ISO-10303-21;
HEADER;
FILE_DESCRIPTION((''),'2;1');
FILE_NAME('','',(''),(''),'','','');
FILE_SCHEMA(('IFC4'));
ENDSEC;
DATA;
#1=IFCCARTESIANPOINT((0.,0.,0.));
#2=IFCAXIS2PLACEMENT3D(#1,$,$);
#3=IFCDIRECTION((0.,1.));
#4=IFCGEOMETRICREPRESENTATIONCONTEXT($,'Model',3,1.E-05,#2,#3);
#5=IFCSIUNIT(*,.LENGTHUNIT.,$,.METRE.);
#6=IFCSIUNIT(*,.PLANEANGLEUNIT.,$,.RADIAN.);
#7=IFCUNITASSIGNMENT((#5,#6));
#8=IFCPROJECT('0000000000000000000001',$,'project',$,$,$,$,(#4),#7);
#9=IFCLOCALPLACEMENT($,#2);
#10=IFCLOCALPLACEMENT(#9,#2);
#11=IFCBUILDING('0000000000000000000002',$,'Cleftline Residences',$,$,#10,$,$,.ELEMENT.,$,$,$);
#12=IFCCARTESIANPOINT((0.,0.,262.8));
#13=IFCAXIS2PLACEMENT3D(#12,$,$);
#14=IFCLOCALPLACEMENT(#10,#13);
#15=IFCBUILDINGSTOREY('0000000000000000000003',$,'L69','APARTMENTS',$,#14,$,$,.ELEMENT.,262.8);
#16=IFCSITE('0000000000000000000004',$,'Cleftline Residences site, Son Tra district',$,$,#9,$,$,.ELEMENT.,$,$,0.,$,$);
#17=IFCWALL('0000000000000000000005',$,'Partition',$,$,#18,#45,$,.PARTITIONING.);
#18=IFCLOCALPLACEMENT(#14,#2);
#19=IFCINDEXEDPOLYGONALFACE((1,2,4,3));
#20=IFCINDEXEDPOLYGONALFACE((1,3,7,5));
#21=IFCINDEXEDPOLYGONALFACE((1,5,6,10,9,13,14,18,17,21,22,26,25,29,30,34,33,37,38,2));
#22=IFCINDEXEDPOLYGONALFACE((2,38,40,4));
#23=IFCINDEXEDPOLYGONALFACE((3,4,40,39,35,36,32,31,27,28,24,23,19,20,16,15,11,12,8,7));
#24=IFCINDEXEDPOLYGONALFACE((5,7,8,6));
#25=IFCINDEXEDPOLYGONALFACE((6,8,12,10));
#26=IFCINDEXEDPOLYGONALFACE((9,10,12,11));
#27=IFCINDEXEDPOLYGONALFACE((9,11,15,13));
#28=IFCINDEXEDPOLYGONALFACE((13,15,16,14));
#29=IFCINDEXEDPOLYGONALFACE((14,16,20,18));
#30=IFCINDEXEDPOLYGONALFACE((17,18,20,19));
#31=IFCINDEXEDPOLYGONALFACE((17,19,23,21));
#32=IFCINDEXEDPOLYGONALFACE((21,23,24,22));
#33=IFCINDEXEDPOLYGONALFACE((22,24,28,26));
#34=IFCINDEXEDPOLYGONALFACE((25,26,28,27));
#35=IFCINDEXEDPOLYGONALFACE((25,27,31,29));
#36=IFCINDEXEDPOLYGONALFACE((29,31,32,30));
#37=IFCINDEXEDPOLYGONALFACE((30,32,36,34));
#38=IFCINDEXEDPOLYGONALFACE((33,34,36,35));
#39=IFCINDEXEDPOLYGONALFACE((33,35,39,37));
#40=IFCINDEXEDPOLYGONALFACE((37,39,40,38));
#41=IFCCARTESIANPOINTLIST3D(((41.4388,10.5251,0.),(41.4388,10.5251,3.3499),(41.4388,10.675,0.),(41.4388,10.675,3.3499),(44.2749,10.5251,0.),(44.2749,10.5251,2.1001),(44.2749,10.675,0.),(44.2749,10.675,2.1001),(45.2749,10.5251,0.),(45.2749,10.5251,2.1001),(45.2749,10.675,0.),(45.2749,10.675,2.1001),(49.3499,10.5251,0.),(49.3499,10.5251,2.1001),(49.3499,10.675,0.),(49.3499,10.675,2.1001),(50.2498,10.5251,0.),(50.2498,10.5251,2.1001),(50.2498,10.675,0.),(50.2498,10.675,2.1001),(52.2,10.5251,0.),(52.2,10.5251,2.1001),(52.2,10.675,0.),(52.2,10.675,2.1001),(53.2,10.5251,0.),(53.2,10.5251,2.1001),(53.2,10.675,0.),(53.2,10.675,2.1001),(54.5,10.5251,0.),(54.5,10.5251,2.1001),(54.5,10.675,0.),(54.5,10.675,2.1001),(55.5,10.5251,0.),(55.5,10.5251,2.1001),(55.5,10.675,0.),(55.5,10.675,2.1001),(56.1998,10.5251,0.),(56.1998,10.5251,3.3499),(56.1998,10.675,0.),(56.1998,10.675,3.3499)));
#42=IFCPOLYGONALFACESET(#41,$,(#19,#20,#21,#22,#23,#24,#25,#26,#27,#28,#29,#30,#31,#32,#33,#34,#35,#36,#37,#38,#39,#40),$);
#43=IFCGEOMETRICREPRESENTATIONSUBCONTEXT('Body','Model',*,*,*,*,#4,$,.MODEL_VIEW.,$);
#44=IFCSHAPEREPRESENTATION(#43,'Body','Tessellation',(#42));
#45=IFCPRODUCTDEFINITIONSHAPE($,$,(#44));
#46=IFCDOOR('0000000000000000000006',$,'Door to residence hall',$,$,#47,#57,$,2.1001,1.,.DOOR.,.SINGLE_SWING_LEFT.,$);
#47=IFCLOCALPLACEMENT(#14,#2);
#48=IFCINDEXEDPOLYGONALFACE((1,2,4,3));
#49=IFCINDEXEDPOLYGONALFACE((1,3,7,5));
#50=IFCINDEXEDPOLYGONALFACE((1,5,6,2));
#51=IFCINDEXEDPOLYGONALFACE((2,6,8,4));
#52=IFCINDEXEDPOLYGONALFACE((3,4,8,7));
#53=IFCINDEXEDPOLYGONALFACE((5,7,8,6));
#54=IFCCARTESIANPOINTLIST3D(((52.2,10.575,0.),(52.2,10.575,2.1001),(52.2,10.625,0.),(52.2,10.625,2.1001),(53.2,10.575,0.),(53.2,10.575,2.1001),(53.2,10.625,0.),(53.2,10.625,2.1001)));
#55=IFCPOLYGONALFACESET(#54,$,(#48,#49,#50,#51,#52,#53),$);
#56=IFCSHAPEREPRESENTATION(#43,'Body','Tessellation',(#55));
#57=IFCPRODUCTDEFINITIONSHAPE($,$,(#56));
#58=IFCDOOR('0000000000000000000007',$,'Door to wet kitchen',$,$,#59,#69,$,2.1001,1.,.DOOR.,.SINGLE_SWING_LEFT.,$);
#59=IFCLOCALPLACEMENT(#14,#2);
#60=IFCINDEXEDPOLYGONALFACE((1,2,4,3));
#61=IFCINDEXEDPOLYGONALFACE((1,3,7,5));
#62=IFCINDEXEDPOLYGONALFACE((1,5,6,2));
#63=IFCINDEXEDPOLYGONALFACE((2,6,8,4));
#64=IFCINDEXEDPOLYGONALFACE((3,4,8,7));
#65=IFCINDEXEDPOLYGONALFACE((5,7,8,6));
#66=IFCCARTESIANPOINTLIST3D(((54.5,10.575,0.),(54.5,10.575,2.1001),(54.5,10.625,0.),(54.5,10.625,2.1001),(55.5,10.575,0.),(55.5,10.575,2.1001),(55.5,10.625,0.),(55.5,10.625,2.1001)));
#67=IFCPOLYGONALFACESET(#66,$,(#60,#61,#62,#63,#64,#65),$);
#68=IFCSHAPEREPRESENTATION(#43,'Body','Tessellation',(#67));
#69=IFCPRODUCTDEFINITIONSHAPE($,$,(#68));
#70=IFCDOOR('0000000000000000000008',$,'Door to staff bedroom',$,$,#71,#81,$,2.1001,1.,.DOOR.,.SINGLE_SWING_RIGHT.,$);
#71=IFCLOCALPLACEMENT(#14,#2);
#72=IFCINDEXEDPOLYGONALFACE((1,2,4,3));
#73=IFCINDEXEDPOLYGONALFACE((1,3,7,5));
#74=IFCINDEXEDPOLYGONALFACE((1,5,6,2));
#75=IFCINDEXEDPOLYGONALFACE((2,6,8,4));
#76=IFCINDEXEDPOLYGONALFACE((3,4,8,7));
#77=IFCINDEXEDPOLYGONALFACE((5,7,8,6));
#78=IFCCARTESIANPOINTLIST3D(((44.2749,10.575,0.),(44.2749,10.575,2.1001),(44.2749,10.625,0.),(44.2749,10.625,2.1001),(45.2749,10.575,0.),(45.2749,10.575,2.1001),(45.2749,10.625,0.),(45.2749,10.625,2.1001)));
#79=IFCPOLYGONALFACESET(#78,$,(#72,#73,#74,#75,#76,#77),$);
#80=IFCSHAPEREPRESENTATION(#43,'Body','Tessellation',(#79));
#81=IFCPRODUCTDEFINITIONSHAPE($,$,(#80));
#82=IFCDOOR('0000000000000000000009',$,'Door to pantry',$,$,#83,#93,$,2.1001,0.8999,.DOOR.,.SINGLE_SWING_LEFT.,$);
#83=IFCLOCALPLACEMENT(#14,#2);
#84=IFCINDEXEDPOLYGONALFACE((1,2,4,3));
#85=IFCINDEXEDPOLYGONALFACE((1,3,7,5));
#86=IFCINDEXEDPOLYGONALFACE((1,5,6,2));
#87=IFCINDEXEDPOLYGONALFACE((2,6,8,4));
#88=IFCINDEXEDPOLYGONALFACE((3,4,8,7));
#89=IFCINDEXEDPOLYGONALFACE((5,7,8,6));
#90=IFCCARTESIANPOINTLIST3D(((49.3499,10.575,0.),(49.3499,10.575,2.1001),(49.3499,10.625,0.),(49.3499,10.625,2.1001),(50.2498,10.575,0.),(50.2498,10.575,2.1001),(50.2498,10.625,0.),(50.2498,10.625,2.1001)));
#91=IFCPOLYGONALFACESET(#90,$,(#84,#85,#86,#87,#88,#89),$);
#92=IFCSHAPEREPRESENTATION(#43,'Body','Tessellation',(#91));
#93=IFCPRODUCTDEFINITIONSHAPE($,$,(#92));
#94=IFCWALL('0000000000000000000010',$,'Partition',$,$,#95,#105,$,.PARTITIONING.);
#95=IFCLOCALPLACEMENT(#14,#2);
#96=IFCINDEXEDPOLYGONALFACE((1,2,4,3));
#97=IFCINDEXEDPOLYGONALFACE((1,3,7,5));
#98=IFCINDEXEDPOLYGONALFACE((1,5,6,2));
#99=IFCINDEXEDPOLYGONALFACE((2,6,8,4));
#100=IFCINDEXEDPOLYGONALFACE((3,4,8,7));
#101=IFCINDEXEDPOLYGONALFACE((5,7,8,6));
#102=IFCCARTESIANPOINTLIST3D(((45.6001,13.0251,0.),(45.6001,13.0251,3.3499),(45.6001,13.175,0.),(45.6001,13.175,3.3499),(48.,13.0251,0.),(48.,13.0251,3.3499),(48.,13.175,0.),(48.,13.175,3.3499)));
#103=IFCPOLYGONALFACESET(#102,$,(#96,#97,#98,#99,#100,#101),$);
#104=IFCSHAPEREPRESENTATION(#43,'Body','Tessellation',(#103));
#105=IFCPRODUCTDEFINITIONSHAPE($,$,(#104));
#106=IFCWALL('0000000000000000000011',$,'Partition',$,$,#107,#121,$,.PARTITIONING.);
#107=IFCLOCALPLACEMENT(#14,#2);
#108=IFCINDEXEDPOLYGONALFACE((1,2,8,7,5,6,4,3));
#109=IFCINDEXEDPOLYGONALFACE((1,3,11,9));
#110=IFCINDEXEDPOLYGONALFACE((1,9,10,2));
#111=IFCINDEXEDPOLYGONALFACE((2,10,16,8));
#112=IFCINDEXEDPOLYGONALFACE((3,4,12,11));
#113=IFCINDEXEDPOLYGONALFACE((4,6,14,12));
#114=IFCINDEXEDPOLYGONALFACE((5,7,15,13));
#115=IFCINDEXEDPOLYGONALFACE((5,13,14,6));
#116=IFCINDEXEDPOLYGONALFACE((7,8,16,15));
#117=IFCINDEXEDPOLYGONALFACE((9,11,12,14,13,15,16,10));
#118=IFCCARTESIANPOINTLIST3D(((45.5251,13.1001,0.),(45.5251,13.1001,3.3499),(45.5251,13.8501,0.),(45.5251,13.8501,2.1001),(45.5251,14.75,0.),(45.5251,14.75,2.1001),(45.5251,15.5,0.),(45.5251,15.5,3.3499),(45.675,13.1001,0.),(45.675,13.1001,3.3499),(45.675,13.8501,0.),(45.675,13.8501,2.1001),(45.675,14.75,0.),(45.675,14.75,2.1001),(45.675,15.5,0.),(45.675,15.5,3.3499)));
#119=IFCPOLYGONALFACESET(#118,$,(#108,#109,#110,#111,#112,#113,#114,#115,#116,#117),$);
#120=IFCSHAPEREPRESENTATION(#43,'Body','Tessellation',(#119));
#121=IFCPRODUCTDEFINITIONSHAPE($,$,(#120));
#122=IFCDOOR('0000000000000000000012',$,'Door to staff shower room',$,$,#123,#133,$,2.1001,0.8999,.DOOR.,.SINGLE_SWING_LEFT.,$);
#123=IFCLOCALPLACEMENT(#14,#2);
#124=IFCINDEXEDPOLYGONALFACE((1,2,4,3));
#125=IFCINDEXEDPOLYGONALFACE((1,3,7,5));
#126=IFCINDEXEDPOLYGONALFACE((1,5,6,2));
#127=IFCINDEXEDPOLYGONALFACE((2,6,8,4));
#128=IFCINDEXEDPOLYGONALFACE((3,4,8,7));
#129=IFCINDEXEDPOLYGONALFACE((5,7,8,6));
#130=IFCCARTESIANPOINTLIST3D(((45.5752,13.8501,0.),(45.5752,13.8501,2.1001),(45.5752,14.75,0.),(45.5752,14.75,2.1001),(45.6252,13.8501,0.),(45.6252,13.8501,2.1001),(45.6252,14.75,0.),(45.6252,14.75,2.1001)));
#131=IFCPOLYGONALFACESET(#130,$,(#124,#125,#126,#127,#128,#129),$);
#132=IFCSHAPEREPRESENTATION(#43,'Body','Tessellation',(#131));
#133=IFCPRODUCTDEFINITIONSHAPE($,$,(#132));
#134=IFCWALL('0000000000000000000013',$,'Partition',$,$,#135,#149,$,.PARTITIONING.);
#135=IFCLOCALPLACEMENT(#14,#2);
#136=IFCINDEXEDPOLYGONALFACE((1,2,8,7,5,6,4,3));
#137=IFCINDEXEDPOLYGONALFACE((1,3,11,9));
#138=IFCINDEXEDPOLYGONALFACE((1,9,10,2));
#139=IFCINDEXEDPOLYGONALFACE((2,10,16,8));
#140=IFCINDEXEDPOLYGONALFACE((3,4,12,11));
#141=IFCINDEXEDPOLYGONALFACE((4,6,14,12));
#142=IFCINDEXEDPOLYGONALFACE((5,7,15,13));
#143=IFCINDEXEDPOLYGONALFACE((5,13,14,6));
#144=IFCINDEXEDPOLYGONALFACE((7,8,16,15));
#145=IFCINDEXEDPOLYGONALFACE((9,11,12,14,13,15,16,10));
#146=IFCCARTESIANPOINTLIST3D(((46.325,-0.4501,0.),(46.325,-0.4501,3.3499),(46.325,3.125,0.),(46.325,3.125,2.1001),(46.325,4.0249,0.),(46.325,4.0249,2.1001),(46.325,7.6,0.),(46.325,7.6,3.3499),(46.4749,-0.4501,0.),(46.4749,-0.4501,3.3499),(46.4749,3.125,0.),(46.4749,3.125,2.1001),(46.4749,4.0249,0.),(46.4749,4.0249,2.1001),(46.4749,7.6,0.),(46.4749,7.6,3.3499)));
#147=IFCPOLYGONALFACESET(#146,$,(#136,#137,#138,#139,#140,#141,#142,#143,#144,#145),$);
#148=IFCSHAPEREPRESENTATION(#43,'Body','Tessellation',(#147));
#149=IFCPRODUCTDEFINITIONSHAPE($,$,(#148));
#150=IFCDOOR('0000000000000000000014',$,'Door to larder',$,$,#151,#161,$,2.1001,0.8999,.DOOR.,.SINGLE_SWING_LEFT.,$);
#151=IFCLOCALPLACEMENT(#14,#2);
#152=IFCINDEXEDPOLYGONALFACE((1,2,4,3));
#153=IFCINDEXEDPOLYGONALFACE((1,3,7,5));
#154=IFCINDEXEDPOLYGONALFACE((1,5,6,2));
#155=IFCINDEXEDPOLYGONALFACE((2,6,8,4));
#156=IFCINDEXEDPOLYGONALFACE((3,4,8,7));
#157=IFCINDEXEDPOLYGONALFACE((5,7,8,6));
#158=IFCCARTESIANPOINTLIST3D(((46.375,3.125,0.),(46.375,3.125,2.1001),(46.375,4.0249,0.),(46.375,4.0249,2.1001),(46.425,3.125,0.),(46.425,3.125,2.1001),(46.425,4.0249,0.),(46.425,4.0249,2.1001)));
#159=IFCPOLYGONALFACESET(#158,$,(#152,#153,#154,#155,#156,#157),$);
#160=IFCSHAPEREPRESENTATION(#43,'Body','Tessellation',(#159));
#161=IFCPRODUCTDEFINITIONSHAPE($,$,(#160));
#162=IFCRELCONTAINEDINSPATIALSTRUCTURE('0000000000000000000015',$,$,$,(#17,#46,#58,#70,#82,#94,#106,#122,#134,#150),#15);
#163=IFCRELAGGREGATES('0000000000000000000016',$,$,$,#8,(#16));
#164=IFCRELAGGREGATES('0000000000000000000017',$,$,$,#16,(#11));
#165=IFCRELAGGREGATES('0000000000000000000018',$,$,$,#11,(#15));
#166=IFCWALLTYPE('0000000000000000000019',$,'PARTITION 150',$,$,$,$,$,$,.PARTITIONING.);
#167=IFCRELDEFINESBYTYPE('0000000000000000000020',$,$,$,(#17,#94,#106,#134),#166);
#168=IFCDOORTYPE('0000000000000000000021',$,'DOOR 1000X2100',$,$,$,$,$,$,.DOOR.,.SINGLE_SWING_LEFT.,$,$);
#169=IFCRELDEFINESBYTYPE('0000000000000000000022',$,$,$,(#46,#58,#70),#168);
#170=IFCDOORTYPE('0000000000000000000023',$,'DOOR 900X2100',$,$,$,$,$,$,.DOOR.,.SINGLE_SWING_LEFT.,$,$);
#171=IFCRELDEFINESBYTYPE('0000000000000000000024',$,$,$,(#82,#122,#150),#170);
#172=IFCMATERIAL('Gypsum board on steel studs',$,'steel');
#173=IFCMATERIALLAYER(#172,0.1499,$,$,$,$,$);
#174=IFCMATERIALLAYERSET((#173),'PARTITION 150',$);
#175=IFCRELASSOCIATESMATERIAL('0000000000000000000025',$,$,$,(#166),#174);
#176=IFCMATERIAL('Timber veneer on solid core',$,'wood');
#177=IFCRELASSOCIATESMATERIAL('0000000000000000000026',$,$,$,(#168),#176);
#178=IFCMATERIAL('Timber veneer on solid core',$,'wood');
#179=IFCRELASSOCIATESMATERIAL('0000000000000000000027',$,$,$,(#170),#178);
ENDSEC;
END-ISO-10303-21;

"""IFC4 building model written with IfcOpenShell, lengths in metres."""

from ifc_helpers import new_model, si_unit, direction, frame, frame_2d, origin, place, context, subcontext, project, spatial, rectangle, extrude, material, layer, layer_set, type_object, element, fill, save


model = new_model("IFC4")

# Units and contexts
model_context = context("Model", 3, precision=1e-05, world=origin(), true_north=direction((0.0, 1.0)))
body_context = subcontext(model_context, "Body", "Model", "MODEL_VIEW")
ifc_project = project(units=[si_unit("LENGTHUNIT", "METRE"), si_unit("PLANEANGLEUNIT", "RADIAN")], contexts=[model_context])

# Site, building, storey
site_placement = place(None, origin())
site = spatial("IfcSite", under=ifc_project, at=site_placement, Name="Cleftline Residences site, Son Tra district", CompositionType="ELEMENT", RefElevation=0.0)
building_placement = place(site_placement, origin())
building = spatial("IfcBuilding", under=site, at=building_placement, Name="Cleftline Residences", CompositionType="ELEMENT")
storey_placement = place(building_placement, frame((0.0, 0.0, 262.8)))
storey = spatial("IfcBuildingStorey", under=building, at=storey_placement, Name="L69", Description="APARTMENTS", CompositionType="ELEMENT", Elevation=262.8)

# Shared definitions
ifc_material_1 = material(Name="Gypsum board on steel studs", Category="steel")
ifc_layer_1 = layer(ifc_material_1, 0.1499)
ifc_layer_set_1 = layer_set([ifc_layer_1], Name="PARTITION 150")
wall_type_1 = type_object("IfcWallType", Name="PARTITION 150", PredefinedType="PARTITIONING", material=ifc_layer_set_1)
ifc_material_2 = material(Name="Timber veneer on solid core", Category="wood")
door_type_1 = type_object("IfcDoorType", Name="DOOR 1000X2100", OperationType="SINGLE_SWING_LEFT", PredefinedType="DOOR", material=ifc_material_2)

# Wall, openings, doors
wall_1_placement = place(storey_placement, frame((41.439, 10.6001, 0.0), z_axis=(0.0, 0.0, 1.0), x_axis=(1.0, 0.0, 0.0)))
wall_1 = element("IfcWall", 1, at=wall_1_placement, inside=storey, type_object=wall_type_1, Name="Partition", PredefinedType="PARTITIONING", context=body_context, shape_type="SweptSolid", body=[
    extrude(rectangle(XDim=14.761, YDim=0.1499, at=frame_2d((7.3804, 0.0))), origin(), (0.0, 0.0, 1.0), 3.3499),
])
opening_1_placement = place(wall_1_placement, frame((10.761, 0.0, 0.0)))
opening_1 = element("IfcOpeningElement", 2, at=opening_1_placement, cuts=wall_1, PredefinedType="OPENING", context=body_context, shape_type="SweptSolid", body=[
    extrude(rectangle(XDim=1.0, YDim=2.1001, at=frame_2d((0.5, 1.05))), frame((0.0, 0.085, 0.0), z_axis=(0.0, -1.0, 0.0), x_axis=(1.0, 0.0, 0.0)), (0.0, 0.0, 1.0), 0.1699),
])
opening_2_placement = place(wall_1_placement, frame((13.061, 0.0, 0.0)))
opening_2 = element("IfcOpeningElement", 3, at=opening_2_placement, cuts=wall_1, PredefinedType="OPENING", context=body_context, shape_type="SweptSolid", body=[
    extrude(rectangle(XDim=1.0, YDim=2.1001, at=frame_2d((0.5, 1.05))), frame((0.0, 0.085, 0.0), z_axis=(0.0, -1.0, 0.0), x_axis=(1.0, 0.0, 0.0)), (0.0, 0.0, 1.0), 0.1699),
])
opening_3_placement = place(wall_1_placement, frame((7.9109, 0.0, 0.0)))
opening_3 = element("IfcOpeningElement", 4, at=opening_3_placement, cuts=wall_1, PredefinedType="OPENING", context=body_context, shape_type="SweptSolid", body=[
    extrude(rectangle(XDim=0.8999, YDim=2.1001, at=frame_2d((0.45, 1.05))), frame((0.0, 0.085, 0.0), z_axis=(0.0, -1.0, 0.0), x_axis=(1.0, 0.0, 0.0)), (0.0, 0.0, 1.0), 0.1699),
])
opening_4_placement = place(wall_1_placement, frame((2.8359, 0.0, 0.0)))
opening_4 = element("IfcOpeningElement", 5, at=opening_4_placement, cuts=wall_1, PredefinedType="OPENING", context=body_context, shape_type="SweptSolid", body=[
    extrude(rectangle(XDim=1.0, YDim=2.1001, at=frame_2d((0.5, 1.05))), frame((0.0, 0.085, 0.0), z_axis=(0.0, -1.0, 0.0), x_axis=(1.0, 0.0, 0.0)), (0.0, 0.0, 1.0), 0.1699),
])
door_1_placement = place(opening_1_placement, origin())
door_1 = element("IfcDoor", 6, at=door_1_placement, inside=storey, type_object=door_type_1, Name="Door to residence hall", OperationType="SINGLE_SWING_LEFT", OverallHeight=2.1001, OverallWidth=1.0, PredefinedType="DOOR", context=body_context, shape_type="SweptSolid", body=[
    extrude(rectangle(XDim=1.0, YDim=2.1001, at=frame_2d((0.5, 1.05))), frame((0.0, 0.0249, 0.0), z_axis=(0.0, -1.0, 0.0), x_axis=(1.0, 0.0, 0.0)), (0.0, 0.0, 1.0), 0.05),
])
fill(opening_1, door_1)
door_2_placement = place(opening_2_placement, origin())
door_2 = element("IfcDoor", 7, at=door_2_placement, inside=storey, type_object=door_type_1, Name="Door to wet kitchen", OperationType="SINGLE_SWING_LEFT", OverallHeight=2.1001, OverallWidth=1.0, PredefinedType="DOOR", context=body_context, shape_type="SweptSolid", body=[
    extrude(rectangle(XDim=1.0, YDim=2.1001, at=frame_2d((0.5, 1.05))), frame((0.0, 0.0249, 0.0), z_axis=(0.0, -1.0, 0.0), x_axis=(1.0, 0.0, 0.0)), (0.0, 0.0, 1.0), 0.05),
])
fill(opening_2, door_2)
door_3_placement = place(opening_4_placement, origin())
door_3 = element("IfcDoor", 8, at=door_3_placement, inside=storey, type_object=door_type_1, Name="Door to staff bedroom", OperationType="SINGLE_SWING_RIGHT", OverallHeight=2.1001, OverallWidth=1.0, PredefinedType="DOOR", context=body_context, shape_type="SweptSolid", body=[
    extrude(rectangle(XDim=1.0, YDim=2.1001, at=frame_2d((0.5, 1.05))), frame((0.0, 0.0249, 0.0), z_axis=(0.0, -1.0, 0.0), x_axis=(1.0, 0.0, 0.0)), (0.0, 0.0, 1.0), 0.05),
])
fill(opening_4, door_3)
ifc_material_3 = material(Name="Timber veneer on solid core", Category="wood")
door_type_2 = type_object("IfcDoorType", Name="DOOR 900X2100", OperationType="SINGLE_SWING_LEFT", PredefinedType="DOOR", material=ifc_material_3)
door_4_placement = place(opening_3_placement, origin())
door_4 = element("IfcDoor", 9, at=door_4_placement, inside=storey, type_object=door_type_2, Name="Door to pantry", OperationType="SINGLE_SWING_LEFT", OverallHeight=2.1001, OverallWidth=0.8999, PredefinedType="DOOR", context=body_context, shape_type="SweptSolid", body=[
    extrude(rectangle(XDim=0.8999, YDim=2.1001, at=frame_2d((0.45, 1.05))), frame((0.0, 0.0249, 0.0), z_axis=(0.0, -1.0, 0.0), x_axis=(1.0, 0.0, 0.0)), (0.0, 0.0, 1.0), 0.05),
])
fill(opening_3, door_4)

# Wall
wall_2_placement = place(storey_placement, frame((45.6001, 13.1001, 0.0), z_axis=(0.0, 0.0, 1.0), x_axis=(1.0, 0.0, 0.0)))
element("IfcWall", 10, at=wall_2_placement, inside=storey, type_object=wall_type_1, Name="Partition", PredefinedType="PARTITIONING", context=body_context, shape_type="SweptSolid", body=[
    extrude(rectangle(XDim=2.3999, YDim=0.1499, at=frame_2d((1.2, 0.0))), origin(), (0.0, 0.0, 1.0), 3.3499),
])

# Walls, openings, doors
wall_3_placement = place(storey_placement, frame((45.6001, 13.1001, 0.0), z_axis=(0.0, 0.0, 1.0), x_axis=(0.0, 1.0, 0.0)))
wall_3 = element("IfcWall", 11, at=wall_3_placement, inside=storey, type_object=wall_type_1, Name="Partition", PredefinedType="PARTITIONING", context=body_context, shape_type="SweptSolid", body=[
    extrude(rectangle(XDim=2.3999, YDim=0.1499, at=frame_2d((1.2, 0.0))), origin(), (0.0, 0.0, 1.0), 3.3499),
])
opening_5_placement = place(wall_3_placement, frame((0.75, 0.0, 0.0)))
opening_5 = element("IfcOpeningElement", 12, at=opening_5_placement, cuts=wall_3, PredefinedType="OPENING", context=body_context, shape_type="SweptSolid", body=[
    extrude(rectangle(XDim=0.8999, YDim=2.1001, at=frame_2d((0.45, 1.05))), frame((0.0, 0.085, 0.0), z_axis=(0.0, -1.0, 0.0), x_axis=(1.0, 0.0, 0.0)), (0.0, 0.0, 1.0), 0.1699),
])
door_5_placement = place(opening_5_placement, origin())
door_5 = element("IfcDoor", 13, at=door_5_placement, inside=storey, type_object=door_type_2, Name="Door to staff shower room", OperationType="SINGLE_SWING_LEFT", OverallHeight=2.1001, OverallWidth=0.8999, PredefinedType="DOOR", context=body_context, shape_type="SweptSolid", body=[
    extrude(rectangle(XDim=0.8999, YDim=2.1001, at=frame_2d((0.45, 1.05))), frame((0.0, 0.0249, 0.0), z_axis=(0.0, -1.0, 0.0), x_axis=(1.0, 0.0, 0.0)), (0.0, 0.0, 1.0), 0.05),
])
fill(opening_5, door_5)
wall_4_placement = place(storey_placement, frame((46.3999, -0.45, 0.0), z_axis=(0.0, 0.0, 1.0), x_axis=(0.0, 1.0, 0.0)))
wall_4 = element("IfcWall", 14, at=wall_4_placement, inside=storey, type_object=wall_type_1, Name="Partition", PredefinedType="PARTITIONING", context=body_context, shape_type="SweptSolid", body=[
    extrude(rectangle(XDim=8.05, YDim=0.1499, at=frame_2d((4.0249, 0.0))), origin(), (0.0, 0.0, 1.0), 3.3499),
])
opening_6_placement = place(wall_4_placement, frame((3.575, 0.0, 0.0)))
opening_6 = element("IfcOpeningElement", 15, at=opening_6_placement, cuts=wall_4, PredefinedType="OPENING", context=body_context, shape_type="SweptSolid", body=[
    extrude(rectangle(XDim=0.8999, YDim=2.1001, at=frame_2d((0.45, 1.05))), frame((0.0, 0.085, 0.0), z_axis=(0.0, -1.0, 0.0), x_axis=(1.0, 0.0, 0.0)), (0.0, 0.0, 1.0), 0.1699),
])
door_6_placement = place(opening_6_placement, origin())
door_6 = element("IfcDoor", 16, at=door_6_placement, inside=storey, type_object=door_type_2, Name="Door to larder", OperationType="SINGLE_SWING_LEFT", OverallHeight=2.1001, OverallWidth=0.8999, PredefinedType="DOOR", context=body_context, shape_type="SweptSolid", body=[
    extrude(rectangle(XDim=0.8999, YDim=2.1001, at=frame_2d((0.45, 1.05))), frame((0.0, 0.0249, 0.0), z_axis=(0.0, -1.0, 0.0), x_axis=(1.0, 0.0, 0.0)), (0.0, 0.0, 1.0), 0.05),
])
fill(opening_6, door_6)

save(model, "model.ifc")
